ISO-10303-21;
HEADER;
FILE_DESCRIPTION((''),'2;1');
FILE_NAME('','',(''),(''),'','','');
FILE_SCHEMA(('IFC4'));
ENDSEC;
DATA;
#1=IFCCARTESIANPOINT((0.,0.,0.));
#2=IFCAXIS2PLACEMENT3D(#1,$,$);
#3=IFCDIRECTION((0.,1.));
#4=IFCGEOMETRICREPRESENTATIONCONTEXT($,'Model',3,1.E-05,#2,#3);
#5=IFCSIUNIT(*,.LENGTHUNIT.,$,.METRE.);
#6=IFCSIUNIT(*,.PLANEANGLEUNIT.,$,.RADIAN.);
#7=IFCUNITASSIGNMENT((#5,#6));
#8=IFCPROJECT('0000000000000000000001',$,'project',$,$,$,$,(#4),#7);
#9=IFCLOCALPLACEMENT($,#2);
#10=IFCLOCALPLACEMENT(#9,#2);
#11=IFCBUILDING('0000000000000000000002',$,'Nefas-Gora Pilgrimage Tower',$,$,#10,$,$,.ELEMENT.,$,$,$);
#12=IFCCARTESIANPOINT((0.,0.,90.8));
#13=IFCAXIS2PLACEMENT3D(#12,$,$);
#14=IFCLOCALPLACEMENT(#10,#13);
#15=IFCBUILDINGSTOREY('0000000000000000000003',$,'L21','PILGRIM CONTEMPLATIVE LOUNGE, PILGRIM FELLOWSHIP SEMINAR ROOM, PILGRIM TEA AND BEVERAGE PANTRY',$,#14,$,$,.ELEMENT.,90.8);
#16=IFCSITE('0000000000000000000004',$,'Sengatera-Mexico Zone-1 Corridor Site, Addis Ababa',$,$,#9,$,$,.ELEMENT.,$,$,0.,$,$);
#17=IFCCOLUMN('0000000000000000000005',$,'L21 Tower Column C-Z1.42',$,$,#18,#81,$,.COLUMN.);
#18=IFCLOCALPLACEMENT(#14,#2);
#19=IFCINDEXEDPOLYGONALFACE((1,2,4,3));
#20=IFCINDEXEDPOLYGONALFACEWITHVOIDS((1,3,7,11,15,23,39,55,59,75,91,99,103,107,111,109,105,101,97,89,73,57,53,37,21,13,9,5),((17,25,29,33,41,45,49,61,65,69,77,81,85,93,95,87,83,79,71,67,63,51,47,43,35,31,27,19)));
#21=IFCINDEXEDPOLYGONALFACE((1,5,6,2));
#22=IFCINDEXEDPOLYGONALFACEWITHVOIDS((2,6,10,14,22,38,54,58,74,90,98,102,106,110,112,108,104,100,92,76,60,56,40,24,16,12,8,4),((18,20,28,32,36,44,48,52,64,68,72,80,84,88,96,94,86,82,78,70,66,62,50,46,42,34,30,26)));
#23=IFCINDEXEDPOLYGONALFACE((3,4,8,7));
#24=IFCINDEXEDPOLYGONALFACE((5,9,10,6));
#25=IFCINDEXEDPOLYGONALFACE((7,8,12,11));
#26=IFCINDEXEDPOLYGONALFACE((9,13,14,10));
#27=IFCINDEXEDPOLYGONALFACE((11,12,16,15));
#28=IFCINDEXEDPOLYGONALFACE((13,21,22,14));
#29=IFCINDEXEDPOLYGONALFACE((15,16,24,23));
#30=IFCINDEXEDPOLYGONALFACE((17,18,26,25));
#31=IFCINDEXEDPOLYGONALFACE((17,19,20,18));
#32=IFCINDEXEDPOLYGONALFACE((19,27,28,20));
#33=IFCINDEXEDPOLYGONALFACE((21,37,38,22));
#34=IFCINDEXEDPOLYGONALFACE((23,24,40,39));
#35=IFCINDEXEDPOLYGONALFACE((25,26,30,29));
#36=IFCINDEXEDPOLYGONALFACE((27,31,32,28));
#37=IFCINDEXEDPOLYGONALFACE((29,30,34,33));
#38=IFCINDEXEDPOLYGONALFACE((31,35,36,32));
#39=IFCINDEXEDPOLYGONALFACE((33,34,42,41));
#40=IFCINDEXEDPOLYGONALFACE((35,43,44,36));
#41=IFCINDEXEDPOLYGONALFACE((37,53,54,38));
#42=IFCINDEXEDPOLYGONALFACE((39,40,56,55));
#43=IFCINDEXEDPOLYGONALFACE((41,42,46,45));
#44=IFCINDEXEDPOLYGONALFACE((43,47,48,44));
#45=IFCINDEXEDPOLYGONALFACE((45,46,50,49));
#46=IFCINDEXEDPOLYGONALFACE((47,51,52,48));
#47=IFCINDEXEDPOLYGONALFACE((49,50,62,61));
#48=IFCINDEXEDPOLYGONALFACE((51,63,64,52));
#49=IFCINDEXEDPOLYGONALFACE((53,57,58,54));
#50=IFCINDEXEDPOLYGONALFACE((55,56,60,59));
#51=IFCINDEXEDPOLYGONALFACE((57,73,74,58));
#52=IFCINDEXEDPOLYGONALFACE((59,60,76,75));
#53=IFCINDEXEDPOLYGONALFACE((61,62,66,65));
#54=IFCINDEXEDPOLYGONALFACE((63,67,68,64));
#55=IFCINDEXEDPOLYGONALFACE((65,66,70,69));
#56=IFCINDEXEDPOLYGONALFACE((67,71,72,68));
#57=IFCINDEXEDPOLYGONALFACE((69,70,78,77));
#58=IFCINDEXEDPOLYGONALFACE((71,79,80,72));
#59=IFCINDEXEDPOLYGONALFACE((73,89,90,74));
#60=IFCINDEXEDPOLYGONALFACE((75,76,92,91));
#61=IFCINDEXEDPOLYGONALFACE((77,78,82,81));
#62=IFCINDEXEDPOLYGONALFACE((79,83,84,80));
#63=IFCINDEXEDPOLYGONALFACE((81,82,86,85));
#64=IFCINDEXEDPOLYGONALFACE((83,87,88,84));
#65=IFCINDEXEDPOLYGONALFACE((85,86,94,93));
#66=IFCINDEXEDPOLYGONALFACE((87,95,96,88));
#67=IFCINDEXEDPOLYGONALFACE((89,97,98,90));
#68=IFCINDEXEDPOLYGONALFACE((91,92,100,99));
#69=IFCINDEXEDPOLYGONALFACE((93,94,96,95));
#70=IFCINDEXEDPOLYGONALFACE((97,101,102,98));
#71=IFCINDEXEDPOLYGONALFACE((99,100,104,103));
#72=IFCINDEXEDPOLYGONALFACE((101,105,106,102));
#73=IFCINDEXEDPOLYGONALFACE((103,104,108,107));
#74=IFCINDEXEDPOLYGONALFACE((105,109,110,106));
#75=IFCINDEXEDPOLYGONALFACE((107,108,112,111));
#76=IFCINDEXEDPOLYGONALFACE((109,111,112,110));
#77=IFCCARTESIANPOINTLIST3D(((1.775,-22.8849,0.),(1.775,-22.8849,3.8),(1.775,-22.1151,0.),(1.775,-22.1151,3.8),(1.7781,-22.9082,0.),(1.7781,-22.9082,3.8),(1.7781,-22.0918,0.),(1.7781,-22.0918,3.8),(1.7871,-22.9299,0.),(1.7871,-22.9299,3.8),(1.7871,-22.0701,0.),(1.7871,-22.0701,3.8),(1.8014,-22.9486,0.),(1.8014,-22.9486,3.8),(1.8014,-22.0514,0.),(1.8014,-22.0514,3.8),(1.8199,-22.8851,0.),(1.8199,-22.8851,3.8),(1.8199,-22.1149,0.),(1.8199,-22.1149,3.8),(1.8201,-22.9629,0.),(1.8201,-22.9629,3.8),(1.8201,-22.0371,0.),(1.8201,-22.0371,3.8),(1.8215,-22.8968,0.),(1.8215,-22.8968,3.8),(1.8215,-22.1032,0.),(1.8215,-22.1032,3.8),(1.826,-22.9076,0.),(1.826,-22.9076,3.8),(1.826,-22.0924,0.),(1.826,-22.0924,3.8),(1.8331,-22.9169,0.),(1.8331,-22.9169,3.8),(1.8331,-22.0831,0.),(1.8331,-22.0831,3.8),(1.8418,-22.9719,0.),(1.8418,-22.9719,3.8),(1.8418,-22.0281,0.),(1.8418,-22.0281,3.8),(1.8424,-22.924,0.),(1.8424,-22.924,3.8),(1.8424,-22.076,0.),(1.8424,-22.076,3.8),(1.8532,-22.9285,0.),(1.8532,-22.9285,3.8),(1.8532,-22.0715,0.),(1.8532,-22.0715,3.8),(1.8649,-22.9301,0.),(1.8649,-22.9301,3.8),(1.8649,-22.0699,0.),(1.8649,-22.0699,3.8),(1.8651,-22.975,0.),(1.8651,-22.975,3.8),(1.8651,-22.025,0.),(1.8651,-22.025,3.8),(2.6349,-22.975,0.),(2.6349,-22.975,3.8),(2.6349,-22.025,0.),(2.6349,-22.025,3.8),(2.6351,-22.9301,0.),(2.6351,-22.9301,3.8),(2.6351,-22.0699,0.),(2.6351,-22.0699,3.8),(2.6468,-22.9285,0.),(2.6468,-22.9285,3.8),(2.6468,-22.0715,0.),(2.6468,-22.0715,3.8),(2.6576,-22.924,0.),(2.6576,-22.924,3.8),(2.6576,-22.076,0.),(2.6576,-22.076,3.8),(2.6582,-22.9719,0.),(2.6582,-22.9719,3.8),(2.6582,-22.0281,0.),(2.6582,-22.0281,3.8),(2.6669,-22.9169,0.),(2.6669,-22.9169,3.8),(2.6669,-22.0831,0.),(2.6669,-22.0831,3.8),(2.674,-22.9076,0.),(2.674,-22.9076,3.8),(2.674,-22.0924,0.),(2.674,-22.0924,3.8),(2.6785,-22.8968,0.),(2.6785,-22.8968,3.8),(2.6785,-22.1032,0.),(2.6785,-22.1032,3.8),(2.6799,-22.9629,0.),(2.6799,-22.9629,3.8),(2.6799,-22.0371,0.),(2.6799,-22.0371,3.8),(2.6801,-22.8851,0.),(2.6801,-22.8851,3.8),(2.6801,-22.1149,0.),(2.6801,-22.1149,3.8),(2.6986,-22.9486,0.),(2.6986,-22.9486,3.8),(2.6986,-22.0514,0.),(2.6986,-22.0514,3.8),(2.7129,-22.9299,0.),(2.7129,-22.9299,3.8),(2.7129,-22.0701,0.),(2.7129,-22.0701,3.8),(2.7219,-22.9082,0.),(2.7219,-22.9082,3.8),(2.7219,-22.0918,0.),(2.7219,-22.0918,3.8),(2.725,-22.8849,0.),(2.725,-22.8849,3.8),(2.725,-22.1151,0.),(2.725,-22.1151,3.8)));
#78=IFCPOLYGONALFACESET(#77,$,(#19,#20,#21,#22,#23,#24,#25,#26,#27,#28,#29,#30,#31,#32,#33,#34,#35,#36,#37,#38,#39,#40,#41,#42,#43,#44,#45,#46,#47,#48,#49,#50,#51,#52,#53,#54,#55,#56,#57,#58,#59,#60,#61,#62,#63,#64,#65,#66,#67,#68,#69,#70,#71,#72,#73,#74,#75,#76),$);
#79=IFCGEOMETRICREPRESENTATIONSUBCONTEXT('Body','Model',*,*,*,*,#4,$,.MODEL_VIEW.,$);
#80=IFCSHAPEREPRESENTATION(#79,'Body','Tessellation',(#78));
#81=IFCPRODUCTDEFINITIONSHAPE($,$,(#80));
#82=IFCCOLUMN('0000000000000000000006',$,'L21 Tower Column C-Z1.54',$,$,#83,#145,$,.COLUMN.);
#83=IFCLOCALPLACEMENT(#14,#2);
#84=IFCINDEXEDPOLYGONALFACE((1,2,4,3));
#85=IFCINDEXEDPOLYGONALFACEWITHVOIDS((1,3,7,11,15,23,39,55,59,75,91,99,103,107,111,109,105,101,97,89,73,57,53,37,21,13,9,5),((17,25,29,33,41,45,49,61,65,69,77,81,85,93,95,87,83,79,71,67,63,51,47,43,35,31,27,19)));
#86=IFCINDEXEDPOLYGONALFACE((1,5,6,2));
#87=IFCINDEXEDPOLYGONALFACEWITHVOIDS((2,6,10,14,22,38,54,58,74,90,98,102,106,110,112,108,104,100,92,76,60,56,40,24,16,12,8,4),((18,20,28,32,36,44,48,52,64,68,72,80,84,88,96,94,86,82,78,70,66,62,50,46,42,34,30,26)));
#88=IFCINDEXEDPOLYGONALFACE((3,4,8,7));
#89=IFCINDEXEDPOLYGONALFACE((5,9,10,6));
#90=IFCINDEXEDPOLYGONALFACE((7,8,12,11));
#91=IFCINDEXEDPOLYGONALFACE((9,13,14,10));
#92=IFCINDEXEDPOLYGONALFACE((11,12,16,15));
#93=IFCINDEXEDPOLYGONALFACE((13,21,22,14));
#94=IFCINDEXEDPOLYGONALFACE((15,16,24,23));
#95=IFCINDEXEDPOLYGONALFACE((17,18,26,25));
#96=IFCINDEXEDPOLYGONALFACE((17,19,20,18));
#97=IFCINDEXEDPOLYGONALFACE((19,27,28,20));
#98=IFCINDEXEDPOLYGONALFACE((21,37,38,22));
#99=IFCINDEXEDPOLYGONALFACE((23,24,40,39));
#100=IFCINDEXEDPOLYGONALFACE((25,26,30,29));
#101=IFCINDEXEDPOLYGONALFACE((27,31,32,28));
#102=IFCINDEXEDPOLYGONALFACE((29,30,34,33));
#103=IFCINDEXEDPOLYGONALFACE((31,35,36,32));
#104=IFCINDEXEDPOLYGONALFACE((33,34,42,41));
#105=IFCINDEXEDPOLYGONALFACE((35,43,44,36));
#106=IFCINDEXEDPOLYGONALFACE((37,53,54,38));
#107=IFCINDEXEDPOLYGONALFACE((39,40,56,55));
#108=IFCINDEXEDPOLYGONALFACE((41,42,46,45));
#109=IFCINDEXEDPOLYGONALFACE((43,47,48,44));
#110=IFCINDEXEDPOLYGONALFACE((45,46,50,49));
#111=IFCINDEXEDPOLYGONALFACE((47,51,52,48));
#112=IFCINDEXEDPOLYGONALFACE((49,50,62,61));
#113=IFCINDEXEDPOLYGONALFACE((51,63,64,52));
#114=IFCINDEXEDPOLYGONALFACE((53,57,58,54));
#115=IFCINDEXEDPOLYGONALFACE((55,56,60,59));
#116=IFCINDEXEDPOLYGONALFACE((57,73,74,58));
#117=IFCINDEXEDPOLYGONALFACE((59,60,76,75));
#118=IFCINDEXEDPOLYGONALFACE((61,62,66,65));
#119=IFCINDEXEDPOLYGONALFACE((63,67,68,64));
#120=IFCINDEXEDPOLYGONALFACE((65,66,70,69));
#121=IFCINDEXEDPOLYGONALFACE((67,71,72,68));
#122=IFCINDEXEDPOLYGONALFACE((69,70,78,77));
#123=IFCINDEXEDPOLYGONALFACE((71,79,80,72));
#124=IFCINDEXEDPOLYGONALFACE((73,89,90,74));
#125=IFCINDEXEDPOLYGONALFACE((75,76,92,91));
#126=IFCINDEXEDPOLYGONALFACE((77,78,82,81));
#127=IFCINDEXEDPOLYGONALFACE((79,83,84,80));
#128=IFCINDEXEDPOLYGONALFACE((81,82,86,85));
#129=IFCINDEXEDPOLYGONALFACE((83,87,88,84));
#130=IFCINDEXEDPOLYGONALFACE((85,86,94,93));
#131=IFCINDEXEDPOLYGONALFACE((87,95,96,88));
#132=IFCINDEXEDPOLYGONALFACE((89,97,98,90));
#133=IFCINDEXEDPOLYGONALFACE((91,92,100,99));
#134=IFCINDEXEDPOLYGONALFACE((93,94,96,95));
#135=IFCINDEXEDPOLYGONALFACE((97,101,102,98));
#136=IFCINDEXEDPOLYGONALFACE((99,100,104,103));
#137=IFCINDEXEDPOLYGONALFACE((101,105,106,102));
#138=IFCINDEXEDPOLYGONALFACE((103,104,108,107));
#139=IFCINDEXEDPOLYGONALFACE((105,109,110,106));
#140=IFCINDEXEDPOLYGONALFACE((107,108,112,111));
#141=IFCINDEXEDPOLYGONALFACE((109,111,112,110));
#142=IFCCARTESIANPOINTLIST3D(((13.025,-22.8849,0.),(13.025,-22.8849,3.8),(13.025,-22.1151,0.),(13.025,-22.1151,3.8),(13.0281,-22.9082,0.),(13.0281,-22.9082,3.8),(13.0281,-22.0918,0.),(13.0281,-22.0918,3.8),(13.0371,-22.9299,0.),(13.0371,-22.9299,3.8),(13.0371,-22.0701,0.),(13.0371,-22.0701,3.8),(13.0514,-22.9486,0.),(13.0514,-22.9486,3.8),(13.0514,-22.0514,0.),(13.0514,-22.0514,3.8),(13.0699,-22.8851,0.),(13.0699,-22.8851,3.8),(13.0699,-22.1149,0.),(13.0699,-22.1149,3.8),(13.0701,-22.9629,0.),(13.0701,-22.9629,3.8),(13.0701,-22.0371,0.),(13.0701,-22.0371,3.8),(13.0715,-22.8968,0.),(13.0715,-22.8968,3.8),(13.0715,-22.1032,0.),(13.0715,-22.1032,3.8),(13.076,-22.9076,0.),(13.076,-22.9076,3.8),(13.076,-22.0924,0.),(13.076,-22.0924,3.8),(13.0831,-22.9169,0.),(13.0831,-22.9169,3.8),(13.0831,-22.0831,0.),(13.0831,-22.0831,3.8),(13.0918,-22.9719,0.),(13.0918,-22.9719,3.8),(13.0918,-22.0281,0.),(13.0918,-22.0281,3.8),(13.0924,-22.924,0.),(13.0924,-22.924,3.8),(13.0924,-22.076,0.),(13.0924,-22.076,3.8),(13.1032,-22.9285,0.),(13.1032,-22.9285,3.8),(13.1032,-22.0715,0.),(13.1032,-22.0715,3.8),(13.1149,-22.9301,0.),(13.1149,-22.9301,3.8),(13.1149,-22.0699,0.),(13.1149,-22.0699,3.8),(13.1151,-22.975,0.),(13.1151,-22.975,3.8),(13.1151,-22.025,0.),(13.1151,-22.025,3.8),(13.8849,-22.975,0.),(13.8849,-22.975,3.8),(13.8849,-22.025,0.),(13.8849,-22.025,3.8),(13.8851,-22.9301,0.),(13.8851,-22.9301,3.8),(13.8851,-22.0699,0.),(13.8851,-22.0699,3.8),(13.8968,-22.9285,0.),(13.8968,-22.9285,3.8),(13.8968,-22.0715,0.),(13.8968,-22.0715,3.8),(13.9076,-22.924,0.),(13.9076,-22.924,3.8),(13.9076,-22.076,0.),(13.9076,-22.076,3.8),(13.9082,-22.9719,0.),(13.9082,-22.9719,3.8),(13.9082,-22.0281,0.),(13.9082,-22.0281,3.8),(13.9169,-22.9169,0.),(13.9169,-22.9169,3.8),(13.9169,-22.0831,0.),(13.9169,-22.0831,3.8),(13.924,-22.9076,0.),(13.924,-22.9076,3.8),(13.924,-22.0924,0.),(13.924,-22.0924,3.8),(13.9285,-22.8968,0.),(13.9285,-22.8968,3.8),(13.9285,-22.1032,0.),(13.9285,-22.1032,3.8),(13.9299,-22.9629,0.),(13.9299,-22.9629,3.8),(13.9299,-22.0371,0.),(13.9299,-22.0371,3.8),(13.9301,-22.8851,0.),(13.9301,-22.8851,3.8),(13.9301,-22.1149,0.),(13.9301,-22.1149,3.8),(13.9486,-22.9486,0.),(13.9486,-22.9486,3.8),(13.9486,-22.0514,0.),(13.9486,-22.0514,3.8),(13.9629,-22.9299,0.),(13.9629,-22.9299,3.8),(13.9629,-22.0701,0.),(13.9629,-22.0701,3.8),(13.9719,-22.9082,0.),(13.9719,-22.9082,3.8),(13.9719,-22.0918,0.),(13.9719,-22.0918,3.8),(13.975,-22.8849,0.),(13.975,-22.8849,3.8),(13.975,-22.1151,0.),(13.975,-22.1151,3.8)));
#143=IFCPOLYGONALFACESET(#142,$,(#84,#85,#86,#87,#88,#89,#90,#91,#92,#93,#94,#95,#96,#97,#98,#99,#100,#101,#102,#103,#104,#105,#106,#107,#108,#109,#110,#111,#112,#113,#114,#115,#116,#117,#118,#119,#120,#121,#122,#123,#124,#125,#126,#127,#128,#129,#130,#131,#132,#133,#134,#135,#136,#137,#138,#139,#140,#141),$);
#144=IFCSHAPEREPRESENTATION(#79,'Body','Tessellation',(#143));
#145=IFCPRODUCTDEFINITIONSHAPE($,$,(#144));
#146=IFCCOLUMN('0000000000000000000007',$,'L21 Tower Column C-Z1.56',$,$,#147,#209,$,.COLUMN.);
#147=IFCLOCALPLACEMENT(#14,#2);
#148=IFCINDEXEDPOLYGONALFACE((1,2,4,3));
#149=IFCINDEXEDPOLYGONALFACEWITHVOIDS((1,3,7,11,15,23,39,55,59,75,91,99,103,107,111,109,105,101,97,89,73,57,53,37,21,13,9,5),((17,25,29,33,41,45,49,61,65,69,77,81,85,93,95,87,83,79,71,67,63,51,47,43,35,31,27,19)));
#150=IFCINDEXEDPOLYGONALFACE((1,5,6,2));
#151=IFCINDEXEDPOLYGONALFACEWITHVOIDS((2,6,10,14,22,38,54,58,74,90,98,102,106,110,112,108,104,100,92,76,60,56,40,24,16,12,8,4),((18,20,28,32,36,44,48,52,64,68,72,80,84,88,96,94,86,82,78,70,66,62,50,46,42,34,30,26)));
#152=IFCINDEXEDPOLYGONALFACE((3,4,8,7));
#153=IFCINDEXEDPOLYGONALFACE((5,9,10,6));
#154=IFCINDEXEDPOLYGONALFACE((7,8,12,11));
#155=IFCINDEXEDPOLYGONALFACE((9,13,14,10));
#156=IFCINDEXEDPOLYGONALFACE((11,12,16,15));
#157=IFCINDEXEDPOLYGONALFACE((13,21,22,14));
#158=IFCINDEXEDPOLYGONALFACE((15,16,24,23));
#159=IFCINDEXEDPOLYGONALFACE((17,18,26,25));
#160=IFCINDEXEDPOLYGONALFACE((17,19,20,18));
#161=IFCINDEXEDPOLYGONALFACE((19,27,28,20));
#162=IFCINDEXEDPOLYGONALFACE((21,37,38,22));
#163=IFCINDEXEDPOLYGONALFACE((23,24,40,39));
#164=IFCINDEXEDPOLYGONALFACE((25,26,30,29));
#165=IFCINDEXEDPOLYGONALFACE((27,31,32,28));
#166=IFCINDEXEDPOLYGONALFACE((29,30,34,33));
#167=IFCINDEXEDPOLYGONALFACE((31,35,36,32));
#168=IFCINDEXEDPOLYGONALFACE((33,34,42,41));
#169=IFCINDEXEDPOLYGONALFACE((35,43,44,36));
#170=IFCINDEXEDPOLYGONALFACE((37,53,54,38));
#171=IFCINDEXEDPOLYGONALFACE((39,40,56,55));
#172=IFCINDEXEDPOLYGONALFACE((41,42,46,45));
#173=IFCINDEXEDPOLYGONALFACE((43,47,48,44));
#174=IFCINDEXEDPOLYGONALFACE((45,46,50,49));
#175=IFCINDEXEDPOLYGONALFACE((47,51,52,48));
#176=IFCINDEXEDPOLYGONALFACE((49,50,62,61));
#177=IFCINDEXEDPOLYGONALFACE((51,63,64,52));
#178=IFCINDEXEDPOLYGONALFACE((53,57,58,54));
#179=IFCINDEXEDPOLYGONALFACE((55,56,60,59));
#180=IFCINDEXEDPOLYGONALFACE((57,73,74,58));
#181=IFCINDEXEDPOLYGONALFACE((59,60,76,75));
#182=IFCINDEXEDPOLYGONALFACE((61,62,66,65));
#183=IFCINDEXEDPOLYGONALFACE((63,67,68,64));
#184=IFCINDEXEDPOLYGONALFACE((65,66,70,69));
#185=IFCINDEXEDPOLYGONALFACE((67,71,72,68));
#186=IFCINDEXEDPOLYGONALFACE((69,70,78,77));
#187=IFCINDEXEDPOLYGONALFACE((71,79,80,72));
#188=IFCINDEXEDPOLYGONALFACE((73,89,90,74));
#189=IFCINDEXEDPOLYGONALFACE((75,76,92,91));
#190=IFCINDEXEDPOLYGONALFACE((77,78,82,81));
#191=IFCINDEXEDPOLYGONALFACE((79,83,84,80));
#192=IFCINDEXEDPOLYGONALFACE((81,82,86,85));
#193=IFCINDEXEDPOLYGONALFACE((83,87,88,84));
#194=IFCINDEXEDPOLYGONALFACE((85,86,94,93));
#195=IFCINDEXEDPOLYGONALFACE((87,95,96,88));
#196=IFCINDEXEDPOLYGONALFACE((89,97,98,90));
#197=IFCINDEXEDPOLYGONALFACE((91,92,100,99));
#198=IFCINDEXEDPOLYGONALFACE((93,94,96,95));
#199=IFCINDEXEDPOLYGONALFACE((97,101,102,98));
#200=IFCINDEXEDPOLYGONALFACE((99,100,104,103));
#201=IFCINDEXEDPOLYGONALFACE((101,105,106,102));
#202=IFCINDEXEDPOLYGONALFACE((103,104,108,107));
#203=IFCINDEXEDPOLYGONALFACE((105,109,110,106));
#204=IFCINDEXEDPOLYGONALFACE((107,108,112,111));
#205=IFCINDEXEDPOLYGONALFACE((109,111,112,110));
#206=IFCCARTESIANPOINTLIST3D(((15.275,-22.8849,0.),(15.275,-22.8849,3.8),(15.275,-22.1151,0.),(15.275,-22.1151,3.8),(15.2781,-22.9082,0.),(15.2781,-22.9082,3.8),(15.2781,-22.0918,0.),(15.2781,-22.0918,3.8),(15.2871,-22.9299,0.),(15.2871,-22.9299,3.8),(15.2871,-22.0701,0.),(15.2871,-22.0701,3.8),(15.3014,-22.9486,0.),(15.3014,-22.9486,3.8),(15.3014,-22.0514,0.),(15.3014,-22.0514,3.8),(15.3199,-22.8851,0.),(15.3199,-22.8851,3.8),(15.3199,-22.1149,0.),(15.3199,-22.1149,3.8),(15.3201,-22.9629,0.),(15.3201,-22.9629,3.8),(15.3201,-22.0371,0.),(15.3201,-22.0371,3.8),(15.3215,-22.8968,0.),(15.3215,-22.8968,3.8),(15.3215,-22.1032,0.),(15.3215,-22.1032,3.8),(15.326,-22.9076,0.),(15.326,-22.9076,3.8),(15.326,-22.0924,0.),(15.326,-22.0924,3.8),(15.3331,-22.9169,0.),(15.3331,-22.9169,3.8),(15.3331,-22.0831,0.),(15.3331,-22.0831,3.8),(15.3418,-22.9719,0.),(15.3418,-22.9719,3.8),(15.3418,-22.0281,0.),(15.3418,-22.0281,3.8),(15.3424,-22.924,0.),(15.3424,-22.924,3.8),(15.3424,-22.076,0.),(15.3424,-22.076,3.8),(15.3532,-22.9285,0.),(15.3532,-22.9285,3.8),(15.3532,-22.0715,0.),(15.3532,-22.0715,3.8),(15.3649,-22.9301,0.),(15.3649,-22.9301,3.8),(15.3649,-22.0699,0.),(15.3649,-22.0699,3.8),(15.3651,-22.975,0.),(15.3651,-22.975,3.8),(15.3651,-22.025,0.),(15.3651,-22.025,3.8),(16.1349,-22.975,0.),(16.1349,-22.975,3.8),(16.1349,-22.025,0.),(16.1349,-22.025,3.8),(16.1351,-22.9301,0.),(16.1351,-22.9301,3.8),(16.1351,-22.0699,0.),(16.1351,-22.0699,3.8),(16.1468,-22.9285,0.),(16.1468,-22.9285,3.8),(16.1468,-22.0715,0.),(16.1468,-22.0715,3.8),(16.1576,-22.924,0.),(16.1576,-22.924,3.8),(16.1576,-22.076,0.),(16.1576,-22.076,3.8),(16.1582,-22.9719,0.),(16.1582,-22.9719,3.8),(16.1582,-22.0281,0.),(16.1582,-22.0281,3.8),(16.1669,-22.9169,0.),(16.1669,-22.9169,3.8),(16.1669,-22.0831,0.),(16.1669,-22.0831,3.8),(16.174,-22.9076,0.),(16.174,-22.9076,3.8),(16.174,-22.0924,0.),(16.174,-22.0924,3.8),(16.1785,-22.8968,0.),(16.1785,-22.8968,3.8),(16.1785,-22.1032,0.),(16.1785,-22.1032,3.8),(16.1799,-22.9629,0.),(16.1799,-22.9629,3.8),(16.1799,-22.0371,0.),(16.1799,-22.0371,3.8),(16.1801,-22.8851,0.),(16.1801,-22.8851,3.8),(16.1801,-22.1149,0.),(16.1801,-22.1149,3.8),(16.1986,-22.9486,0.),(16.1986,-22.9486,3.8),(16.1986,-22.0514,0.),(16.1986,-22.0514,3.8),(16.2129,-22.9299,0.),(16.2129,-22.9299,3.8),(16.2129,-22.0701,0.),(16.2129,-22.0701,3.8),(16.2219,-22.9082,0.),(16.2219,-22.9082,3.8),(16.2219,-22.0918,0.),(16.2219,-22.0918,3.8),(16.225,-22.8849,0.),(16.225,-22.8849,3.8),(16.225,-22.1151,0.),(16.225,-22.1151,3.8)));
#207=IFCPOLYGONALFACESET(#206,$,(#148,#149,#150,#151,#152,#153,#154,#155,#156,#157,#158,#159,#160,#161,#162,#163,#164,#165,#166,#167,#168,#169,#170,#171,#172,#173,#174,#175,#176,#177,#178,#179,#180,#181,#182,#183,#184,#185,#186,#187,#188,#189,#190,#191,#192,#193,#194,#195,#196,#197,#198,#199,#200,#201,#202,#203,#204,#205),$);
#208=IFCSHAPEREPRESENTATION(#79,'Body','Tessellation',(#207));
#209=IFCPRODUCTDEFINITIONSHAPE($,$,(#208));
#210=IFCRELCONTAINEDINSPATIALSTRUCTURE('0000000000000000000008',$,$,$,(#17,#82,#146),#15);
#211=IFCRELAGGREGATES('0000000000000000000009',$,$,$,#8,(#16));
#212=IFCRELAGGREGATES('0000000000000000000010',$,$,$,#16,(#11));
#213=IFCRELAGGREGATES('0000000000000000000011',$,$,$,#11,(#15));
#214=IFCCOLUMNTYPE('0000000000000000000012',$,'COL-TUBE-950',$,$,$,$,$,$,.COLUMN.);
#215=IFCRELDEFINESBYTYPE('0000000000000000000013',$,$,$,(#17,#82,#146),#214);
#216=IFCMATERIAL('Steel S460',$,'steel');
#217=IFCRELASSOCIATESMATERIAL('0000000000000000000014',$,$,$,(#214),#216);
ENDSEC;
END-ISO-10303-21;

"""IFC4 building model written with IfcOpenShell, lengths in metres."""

from ifc_helpers import new_model, si_unit, direction, frame, origin, origin_2d, place, context, subcontext, project, spatial, hollow_rectangle, extrude, source, transform, mapped, material, material_profile, profile_set, type_object, element, save


model = new_model("IFC4")

# Units and contexts
model_context = context("Model", 3, precision=1e-05, world=origin(), true_north=direction((0.0, 1.0)))
body_context = subcontext(model_context, "Body", "Model", "MODEL_VIEW")
ifc_project = project(units=[si_unit("LENGTHUNIT", "METRE"), si_unit("PLANEANGLEUNIT", "RADIAN")], contexts=[model_context])

# Site, building, storey
site_placement = place(None, origin())
site = spatial("IfcSite", under=ifc_project, at=site_placement, Name="Sengatera-Mexico Zone-1 Corridor Site, Addis Ababa", CompositionType="ELEMENT", RefElevation=0.0)
building_placement = place(site_placement, origin())
building = spatial("IfcBuilding", under=site, at=building_placement, Name="Nefas-Gora Pilgrimage Tower", CompositionType="ELEMENT")
storey_placement = place(building_placement, frame((0.0, 0.0, 90.8)))
storey = spatial("IfcBuildingStorey", under=building, at=storey_placement, Name="L21", Description="PILGRIM CONTEMPLATIVE LOUNGE, PILGRIM FELLOWSHIP SEMINAR ROOM, PILGRIM TEA AND BEVERAGE PANTRY", CompositionType="ELEMENT", Elevation=90.8)

# Columns
ifc_material_1 = material(Name="Steel S460", Category="steel")
ifc_material_profile_1 = material_profile(ifc_material_1, hollow_rectangle(XDim=0.95, YDim=0.95, WallThickness=0.0449, InnerFilletRadius=0.0449, OuterFilletRadius=0.0901, at=origin_2d()), Name="BOX 950x950x45")
ifc_profile_set_1 = profile_set([ifc_material_profile_1], Name="Steel S460")
column_type_1 = type_object("IfcColumnType", Name="COL-TUBE-950", PredefinedType="COLUMN", material=ifc_profile_set_1)
shared_shape_1 = source(origin(), body_context, "Body", "SweptSolid", [
    extrude(hollow_rectangle(XDim=0.95, YDim=0.95, WallThickness=0.0449, InnerFilletRadius=0.0449, OuterFilletRadius=0.0901, at=origin_2d()), origin(), (0.0, 0.0, 1.0), 3.8),
])
for number, where, z_axis, x_axis, name in (
    (1, (2.25, -22.5, 0.0), (0.0, 0.0, 1.0), (1.0, 0.0, 0.0), "L21 Tower Column C-Z1.42"),
    (2, (13.5, -22.5, 0.0), (0.0, 0.0, 1.0), (1.0, 0.0, 0.0), "L21 Tower Column C-Z1.54"),
    (3, (15.75, -22.5, 0.0), (0.0, 0.0, 1.0), (1.0, 0.0, 0.0), "L21 Tower Column C-Z1.56"),
):
    element("IfcColumn", number, at=place(storey_placement, frame(where, z_axis=z_axis, x_axis=x_axis)), inside=storey, type_object=column_type_1, Name=name, PredefinedType="COLUMN", context=body_context, shape_type="MappedRepresentation", body=[
        mapped(shared_shape_1, transform((0.0, 0.0, 0.0), x_axis=(1.0, 0.0, 0.0), y_axis=(0.0, 1.0, 0.0), z_axis=(0.0, 0.0, 1.0), scale=1.0)),
    ])

save(model, "model.ifc")
